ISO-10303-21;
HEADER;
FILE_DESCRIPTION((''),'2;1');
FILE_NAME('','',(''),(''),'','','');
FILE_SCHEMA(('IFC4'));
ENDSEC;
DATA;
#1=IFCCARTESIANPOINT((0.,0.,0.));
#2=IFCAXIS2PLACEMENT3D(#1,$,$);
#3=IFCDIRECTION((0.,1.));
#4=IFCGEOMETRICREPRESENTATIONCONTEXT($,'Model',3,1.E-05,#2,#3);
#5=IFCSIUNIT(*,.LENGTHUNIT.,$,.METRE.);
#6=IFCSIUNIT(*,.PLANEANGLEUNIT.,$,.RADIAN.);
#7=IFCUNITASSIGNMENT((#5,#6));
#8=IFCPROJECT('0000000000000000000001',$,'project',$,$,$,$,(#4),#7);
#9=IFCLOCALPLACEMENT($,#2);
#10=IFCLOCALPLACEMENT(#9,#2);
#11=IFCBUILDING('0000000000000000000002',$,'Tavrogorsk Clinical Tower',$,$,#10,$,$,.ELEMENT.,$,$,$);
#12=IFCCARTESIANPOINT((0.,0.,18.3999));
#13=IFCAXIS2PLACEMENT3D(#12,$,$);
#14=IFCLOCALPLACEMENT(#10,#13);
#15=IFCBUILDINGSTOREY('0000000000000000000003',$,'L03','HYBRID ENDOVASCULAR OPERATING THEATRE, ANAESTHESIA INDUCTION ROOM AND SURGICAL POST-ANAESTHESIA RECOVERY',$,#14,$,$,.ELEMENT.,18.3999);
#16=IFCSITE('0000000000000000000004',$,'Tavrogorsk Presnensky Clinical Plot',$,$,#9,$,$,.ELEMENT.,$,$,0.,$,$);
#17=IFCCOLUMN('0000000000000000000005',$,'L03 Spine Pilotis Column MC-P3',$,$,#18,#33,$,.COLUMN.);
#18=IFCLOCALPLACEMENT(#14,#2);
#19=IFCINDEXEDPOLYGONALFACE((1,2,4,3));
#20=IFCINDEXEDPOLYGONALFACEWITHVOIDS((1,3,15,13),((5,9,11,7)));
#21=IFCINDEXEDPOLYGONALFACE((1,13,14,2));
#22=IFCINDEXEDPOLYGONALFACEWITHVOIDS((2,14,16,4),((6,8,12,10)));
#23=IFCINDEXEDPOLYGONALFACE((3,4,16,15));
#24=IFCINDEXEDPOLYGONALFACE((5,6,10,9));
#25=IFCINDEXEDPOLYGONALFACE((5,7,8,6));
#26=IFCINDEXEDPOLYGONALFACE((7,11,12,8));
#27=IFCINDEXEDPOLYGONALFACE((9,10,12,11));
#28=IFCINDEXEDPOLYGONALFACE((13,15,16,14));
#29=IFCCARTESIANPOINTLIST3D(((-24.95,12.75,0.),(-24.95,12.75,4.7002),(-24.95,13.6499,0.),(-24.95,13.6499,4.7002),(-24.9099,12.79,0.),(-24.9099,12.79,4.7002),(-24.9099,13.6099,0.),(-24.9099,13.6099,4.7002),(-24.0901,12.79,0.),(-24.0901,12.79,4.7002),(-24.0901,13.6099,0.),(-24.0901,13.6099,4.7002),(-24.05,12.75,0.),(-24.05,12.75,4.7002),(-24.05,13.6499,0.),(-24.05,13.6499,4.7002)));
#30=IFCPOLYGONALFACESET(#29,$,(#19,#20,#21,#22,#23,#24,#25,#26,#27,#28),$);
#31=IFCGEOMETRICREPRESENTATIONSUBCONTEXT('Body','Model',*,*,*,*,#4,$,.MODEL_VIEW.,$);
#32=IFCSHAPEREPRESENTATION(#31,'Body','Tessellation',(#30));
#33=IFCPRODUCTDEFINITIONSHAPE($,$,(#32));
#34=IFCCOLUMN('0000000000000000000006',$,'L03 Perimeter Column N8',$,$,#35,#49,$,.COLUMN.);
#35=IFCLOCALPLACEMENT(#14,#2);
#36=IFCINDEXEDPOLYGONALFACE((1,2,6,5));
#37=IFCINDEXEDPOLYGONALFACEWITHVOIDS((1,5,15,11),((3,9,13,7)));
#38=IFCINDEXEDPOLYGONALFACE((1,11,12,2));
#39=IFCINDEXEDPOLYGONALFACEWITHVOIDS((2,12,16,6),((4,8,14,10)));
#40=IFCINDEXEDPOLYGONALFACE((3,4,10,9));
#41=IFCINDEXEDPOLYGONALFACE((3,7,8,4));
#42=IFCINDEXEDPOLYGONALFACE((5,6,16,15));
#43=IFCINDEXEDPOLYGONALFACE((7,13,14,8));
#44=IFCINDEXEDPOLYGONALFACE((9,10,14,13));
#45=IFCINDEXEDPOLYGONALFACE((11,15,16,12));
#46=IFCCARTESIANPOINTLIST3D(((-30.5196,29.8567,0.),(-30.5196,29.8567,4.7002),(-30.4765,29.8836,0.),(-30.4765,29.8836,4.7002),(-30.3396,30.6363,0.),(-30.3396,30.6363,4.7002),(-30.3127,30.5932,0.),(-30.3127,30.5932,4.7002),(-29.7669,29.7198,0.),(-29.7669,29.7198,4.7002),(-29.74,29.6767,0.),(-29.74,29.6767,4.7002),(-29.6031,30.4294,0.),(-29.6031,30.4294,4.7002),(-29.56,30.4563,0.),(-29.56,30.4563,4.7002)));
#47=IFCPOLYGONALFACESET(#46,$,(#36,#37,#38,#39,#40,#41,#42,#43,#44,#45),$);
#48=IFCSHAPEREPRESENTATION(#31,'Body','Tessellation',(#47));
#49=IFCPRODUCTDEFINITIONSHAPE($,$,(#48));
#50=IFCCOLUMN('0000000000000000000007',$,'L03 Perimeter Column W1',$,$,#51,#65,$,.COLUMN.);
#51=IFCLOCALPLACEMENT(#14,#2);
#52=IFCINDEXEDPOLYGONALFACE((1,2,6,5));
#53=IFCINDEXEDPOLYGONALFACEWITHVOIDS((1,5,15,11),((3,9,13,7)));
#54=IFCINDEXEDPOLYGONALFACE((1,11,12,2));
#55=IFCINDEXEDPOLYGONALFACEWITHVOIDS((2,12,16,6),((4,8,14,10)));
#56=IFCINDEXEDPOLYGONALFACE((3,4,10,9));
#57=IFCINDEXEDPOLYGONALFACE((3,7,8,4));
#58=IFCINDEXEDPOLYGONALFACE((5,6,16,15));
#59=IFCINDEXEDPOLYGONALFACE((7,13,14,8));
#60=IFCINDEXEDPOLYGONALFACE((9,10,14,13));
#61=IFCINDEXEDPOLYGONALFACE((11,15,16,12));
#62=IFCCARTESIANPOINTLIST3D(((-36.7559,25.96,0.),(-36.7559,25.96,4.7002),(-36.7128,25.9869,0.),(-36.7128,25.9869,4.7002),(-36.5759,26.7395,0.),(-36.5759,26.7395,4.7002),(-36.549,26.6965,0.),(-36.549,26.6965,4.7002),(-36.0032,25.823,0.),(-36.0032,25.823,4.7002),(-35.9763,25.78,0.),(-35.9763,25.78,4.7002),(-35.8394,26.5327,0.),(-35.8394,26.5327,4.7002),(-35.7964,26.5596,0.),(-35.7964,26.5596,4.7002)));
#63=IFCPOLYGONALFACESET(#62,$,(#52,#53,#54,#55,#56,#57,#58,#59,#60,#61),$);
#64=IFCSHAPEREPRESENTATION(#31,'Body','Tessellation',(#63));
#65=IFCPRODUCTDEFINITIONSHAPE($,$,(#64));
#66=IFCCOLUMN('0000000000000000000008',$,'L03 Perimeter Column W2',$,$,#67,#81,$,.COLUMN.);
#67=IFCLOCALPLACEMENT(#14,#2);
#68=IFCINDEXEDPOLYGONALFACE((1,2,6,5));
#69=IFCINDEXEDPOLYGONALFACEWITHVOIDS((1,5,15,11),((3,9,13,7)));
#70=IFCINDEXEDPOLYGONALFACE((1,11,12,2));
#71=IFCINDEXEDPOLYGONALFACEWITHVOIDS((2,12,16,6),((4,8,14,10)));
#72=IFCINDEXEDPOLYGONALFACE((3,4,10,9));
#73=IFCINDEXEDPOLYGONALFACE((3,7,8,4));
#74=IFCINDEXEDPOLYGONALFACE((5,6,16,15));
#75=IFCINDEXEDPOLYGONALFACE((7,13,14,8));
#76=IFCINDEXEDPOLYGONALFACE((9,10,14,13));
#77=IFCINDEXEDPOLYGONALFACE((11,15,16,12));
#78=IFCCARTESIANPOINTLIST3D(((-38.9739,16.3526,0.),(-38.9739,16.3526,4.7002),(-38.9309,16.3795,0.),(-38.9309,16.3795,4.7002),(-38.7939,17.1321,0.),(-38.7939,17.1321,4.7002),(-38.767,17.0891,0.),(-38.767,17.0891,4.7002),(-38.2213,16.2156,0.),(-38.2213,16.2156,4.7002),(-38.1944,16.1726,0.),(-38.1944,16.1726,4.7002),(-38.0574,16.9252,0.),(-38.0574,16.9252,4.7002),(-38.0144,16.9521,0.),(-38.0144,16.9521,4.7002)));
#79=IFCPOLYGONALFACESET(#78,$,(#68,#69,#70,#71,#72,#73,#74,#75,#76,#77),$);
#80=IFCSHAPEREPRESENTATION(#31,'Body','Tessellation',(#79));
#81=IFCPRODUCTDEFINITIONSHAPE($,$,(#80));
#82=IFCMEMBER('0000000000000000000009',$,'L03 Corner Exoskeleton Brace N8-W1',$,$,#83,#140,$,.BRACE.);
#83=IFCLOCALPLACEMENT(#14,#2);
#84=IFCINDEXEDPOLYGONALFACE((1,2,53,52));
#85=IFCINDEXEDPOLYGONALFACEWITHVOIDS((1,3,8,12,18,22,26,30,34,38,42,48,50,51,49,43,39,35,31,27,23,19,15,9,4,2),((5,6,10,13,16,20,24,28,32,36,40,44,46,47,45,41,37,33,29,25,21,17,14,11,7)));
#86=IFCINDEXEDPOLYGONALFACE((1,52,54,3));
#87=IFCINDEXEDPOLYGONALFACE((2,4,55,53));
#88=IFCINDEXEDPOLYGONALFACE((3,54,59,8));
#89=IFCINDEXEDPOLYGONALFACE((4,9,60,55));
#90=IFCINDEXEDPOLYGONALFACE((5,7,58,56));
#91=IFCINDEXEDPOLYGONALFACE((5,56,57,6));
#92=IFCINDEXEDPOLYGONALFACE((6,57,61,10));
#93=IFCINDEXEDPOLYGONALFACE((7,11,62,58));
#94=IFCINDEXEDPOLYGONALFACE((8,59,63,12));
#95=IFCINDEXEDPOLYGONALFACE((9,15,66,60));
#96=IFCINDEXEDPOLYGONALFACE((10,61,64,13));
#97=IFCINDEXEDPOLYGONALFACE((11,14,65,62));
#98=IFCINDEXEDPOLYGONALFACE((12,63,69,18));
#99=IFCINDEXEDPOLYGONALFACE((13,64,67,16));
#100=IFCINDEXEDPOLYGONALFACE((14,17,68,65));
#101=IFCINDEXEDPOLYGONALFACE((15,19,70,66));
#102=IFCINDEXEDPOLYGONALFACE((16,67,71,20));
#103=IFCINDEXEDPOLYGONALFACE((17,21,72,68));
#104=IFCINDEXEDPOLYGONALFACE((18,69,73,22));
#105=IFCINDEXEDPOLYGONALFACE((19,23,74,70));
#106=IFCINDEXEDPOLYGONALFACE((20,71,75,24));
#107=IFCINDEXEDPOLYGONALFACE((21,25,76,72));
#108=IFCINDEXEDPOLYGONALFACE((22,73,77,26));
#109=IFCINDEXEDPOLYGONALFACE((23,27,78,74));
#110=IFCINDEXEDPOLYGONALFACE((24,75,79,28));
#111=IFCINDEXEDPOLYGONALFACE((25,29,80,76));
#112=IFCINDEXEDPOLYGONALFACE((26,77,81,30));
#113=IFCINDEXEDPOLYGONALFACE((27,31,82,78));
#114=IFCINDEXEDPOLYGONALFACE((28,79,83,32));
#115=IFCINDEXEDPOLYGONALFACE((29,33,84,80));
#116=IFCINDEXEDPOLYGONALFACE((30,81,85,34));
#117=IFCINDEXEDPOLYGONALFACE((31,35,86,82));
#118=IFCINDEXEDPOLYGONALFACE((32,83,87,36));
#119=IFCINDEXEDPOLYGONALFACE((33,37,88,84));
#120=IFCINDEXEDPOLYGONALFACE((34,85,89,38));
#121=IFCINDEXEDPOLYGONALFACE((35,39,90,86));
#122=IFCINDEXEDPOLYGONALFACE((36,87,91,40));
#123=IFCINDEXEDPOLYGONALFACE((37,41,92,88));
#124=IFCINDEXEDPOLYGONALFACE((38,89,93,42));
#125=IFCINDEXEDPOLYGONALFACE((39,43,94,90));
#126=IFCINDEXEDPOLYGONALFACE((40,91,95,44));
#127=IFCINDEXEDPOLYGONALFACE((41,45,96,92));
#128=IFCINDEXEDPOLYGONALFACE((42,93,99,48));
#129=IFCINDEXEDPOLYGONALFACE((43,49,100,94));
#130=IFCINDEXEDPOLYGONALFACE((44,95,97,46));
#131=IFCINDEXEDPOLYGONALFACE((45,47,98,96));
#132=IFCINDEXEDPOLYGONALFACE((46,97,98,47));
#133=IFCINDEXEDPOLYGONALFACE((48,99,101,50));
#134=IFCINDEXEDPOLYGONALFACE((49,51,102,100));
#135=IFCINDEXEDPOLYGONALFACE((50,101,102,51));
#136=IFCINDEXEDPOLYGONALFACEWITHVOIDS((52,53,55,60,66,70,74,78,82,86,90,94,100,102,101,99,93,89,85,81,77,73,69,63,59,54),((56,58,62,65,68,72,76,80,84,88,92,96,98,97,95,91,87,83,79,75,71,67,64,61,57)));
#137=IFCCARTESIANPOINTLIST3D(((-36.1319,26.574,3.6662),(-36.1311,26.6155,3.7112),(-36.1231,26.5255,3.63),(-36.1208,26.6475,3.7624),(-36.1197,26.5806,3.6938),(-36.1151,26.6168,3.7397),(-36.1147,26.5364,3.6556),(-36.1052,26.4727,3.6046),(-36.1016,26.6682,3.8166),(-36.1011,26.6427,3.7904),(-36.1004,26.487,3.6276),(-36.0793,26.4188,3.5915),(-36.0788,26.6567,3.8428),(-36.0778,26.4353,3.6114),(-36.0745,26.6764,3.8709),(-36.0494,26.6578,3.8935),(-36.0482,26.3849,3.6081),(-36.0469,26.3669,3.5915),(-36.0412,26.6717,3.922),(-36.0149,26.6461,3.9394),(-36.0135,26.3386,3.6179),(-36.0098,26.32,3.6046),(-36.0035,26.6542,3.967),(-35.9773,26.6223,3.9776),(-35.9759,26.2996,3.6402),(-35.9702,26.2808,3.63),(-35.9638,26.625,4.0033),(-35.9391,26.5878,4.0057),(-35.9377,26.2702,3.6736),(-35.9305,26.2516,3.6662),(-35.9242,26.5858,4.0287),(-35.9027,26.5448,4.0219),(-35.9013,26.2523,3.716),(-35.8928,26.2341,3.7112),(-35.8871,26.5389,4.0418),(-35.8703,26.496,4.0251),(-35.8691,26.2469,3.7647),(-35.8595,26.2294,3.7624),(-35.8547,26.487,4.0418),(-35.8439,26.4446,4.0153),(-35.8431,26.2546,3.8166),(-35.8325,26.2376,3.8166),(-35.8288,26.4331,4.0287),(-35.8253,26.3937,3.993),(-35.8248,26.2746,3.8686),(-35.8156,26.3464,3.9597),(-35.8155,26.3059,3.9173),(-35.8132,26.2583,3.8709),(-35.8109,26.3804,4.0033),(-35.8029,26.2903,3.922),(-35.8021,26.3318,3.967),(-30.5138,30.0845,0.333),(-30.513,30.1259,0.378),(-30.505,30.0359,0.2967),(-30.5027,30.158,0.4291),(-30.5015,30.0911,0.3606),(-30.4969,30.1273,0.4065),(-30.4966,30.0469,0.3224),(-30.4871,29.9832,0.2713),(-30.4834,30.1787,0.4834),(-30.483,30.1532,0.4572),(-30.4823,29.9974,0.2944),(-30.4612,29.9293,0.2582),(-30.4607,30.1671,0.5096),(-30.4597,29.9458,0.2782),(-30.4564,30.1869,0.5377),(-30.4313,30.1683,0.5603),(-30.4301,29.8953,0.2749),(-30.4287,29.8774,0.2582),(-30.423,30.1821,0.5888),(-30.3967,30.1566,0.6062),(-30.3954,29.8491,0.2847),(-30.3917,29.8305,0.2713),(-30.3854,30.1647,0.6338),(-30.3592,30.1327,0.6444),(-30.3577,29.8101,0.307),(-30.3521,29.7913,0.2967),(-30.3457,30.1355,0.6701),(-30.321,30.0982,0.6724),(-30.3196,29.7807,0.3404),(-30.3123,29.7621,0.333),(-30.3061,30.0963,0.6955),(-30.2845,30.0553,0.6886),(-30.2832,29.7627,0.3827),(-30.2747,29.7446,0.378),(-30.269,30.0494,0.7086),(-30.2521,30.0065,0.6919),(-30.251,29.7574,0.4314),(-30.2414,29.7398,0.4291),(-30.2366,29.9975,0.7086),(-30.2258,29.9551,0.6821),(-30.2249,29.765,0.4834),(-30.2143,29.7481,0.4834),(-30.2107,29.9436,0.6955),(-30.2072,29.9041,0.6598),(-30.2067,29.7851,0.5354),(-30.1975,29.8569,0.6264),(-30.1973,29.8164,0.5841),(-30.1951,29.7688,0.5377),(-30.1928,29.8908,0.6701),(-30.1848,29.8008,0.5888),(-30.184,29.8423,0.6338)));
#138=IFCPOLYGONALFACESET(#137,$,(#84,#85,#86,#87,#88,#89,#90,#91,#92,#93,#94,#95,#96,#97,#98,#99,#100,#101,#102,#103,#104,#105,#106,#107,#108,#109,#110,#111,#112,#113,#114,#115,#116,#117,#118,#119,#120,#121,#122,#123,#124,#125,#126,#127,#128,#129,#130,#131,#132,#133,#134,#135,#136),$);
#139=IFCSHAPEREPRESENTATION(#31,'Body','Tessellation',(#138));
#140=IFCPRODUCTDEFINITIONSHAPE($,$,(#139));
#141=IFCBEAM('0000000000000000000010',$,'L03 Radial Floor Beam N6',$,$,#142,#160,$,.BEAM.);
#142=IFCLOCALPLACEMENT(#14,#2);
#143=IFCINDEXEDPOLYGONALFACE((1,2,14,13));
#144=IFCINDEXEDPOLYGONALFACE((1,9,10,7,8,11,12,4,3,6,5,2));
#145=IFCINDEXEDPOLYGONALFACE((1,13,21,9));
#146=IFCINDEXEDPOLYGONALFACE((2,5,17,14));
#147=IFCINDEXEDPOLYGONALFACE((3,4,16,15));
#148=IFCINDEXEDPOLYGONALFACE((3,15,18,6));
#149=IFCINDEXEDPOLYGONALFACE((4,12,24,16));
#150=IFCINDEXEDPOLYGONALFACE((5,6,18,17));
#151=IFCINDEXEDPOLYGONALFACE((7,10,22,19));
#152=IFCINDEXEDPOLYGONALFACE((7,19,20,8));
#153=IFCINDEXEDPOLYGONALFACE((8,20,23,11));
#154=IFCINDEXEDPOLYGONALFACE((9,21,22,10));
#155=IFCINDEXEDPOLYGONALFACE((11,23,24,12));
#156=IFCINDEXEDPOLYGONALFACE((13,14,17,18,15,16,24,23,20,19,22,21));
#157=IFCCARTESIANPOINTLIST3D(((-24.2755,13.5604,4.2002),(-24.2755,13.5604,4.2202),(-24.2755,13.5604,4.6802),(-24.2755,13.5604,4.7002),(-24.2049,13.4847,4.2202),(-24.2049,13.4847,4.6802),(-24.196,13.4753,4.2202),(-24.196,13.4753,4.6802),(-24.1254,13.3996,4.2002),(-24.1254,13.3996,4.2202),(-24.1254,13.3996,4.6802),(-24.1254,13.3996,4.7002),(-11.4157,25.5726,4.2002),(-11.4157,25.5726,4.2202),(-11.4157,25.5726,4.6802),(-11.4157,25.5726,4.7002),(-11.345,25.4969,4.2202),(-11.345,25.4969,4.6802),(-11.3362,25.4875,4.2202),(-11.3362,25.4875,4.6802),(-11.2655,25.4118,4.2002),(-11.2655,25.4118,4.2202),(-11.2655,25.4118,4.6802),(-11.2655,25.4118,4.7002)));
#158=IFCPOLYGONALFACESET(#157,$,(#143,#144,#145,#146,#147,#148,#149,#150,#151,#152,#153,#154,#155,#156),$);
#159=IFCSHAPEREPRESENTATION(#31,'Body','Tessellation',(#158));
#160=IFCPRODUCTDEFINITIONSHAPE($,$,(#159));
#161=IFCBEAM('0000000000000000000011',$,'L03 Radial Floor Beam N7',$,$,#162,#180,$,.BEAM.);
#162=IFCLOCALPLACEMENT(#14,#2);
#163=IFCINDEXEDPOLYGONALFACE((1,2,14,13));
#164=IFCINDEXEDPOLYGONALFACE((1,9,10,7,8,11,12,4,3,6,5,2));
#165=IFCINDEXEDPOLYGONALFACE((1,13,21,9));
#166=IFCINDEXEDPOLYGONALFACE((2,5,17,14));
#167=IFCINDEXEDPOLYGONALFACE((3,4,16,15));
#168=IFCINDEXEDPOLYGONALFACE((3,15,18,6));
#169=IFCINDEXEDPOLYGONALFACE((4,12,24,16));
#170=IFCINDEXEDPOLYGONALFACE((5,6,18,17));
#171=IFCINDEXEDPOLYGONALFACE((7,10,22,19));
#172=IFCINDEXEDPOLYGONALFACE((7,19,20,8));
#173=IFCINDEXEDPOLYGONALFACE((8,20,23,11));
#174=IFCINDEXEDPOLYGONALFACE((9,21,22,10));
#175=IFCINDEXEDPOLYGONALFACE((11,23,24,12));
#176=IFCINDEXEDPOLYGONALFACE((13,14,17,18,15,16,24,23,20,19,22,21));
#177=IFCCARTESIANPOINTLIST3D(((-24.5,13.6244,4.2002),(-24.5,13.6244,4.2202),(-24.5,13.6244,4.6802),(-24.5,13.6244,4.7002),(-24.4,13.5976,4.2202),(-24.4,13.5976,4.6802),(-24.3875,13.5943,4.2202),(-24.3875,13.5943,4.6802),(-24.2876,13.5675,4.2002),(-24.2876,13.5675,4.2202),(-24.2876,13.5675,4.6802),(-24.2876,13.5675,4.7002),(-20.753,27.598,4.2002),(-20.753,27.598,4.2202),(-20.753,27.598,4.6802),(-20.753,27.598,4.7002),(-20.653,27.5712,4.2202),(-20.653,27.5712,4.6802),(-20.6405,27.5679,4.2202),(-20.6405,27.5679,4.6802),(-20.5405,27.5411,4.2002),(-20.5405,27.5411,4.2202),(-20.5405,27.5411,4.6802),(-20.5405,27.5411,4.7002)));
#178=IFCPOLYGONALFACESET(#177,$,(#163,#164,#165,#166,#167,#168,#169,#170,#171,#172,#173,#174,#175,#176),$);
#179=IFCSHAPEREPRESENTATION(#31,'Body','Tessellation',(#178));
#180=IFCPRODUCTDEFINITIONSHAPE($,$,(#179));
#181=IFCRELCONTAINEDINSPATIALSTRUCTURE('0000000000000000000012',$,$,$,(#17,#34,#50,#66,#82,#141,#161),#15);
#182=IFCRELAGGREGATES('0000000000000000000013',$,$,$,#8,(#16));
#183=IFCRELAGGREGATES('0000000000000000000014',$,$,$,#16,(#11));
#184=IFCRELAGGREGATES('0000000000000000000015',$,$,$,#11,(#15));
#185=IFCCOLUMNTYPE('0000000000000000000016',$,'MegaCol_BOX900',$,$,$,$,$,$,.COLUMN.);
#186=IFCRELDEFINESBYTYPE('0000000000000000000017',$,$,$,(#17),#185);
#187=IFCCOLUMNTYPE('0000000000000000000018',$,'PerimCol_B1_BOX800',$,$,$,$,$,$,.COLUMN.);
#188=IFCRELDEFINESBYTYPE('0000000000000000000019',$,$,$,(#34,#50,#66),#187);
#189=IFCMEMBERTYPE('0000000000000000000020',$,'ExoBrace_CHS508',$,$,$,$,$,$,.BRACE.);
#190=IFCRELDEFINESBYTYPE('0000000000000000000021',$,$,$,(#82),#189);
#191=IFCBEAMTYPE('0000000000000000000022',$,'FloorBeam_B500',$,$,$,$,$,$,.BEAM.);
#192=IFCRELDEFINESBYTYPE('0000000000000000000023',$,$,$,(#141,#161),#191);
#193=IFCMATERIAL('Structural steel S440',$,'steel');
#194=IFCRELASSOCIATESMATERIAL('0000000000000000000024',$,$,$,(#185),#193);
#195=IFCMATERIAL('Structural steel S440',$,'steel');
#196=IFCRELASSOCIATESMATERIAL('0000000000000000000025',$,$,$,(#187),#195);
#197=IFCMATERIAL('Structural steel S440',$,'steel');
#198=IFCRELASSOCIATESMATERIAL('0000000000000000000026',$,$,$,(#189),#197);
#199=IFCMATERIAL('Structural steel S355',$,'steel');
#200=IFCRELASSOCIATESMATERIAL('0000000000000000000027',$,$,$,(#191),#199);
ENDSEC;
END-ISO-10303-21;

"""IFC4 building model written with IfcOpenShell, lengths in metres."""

from ifc_helpers import new_model, si_unit, direction, frame, origin, origin_2d, place, context, subcontext, project, spatial, hollow_rectangle, hollow_circle, i_section, extrude, material, material_profile, profile_set, type_object, element, save


model = new_model("IFC4")

# Units and contexts
model_context = context("Model", 3, precision=1e-05, world=origin(), true_north=direction((0.0, 1.0)))
body_context = subcontext(model_context, "Body", "Model", "MODEL_VIEW")
ifc_project = project(units=[si_unit("LENGTHUNIT", "METRE"), si_unit("PLANEANGLEUNIT", "RADIAN")], contexts=[model_context])

# Site, building, storey
site_placement = place(None, origin())
site = spatial("IfcSite", under=ifc_project, at=site_placement, Name="Tavrogorsk Presnensky Clinical Plot", CompositionType="ELEMENT", RefElevation=0.0)
building_placement = place(site_placement, origin())
building = spatial("IfcBuilding", under=site, at=building_placement, Name="Tavrogorsk Clinical Tower", CompositionType="ELEMENT")
storey_placement = place(building_placement, frame((0.0, 0.0, 18.3999)))
storey = spatial("IfcBuildingStorey", under=building, at=storey_placement, Name="L03", Description="HYBRID ENDOVASCULAR OPERATING THEATRE, ANAESTHESIA INDUCTION ROOM AND SURGICAL POST-ANAESTHESIA RECOVERY", CompositionType="ELEMENT", Elevation=18.3999)

# Columns
ifc_material_1 = material(Name="Structural steel S440", Category="steel")
ifc_material_profile_1 = material_profile(ifc_material_1, hollow_rectangle(XDim=0.8999, YDim=0.8999, WallThickness=0.04, at=origin_2d()), Name="BOX-900x900x40")
ifc_profile_set_1 = profile_set([ifc_material_profile_1], Name="Structural steel S440")
column_type_1 = type_object("IfcColumnType", Name="MegaCol_BOX900", PredefinedType="COLUMN", material=ifc_profile_set_1)
column_placement = place(storey_placement, frame((-24.5, 13.2, 0.0), z_axis=(0.0, 0.0, 1.0), x_axis=(1.0, 0.0, 0.0)))
element("IfcColumn", 1, at=column_placement, inside=storey, type_object=column_type_1, Name="L03 Spine Pilotis Column MC-P3", PredefinedType="COLUMN", context=body_context, shape_type="SweptSolid", body=[
    extrude(hollow_rectangle(XDim=0.8999, YDim=0.8999, WallThickness=0.04, at=origin_2d()), origin(), (0.0, 0.0, 1.0), 4.7002),
])
ifc_material_2 = material(Name="Structural steel S440", Category="steel")
ifc_material_profile_2 = material_profile(ifc_material_2, hollow_rectangle(XDim=0.8, YDim=0.8, WallThickness=0.0359, at=origin_2d()), Name="BOX-800x800x36")
ifc_profile_set_2 = profile_set([ifc_material_profile_2], Name="Structural steel S440")
column_type_2 = type_object("IfcColumnType", Name="PerimCol_B1_BOX800", PredefinedType="COLUMN", material=ifc_profile_set_2)
for number, where, z_axis, x_axis, name in (
    (2, (-30.0398, 30.1565, 0.0), (0.0, 0.0, 1.0), (0.97437, -0.224951, 0.0), "L03 Perimeter Column N8"),
    (3, (-36.2761, 26.2598, 0.0), (0.0, 0.0, 1.0), (0.97437, -0.224951, 0.0), "L03 Perimeter Column W1"),
    (4, (-38.4941, 16.6523, 0.0), (0.0, 0.0, 1.0), (0.97437, -0.224951, 0.0), "L03 Perimeter Column W2"),
):
    element("IfcColumn", number, at=place(storey_placement, frame(where, z_axis=z_axis, x_axis=x_axis)), inside=storey, type_object=column_type_2, Name=name, PredefinedType="COLUMN", context=body_context, shape_type="SweptSolid", body=[
        extrude(hollow_rectangle(XDim=0.8, YDim=0.8, WallThickness=0.0359, at=origin_2d()), origin(), (0.0, 0.0, 1.0), 4.7002),
    ])

# Member
ifc_material_3 = material(Name="Structural steel S440", Category="steel")
ifc_material_profile_3 = material_profile(ifc_material_3, hollow_circle(Radius=0.2539, WallThickness=0.02, at=origin_2d()), Name="CHS-508x20")
ifc_profile_set_3 = profile_set([ifc_material_profile_3], Name="Structural steel S440")
member_type_1 = type_object("IfcMemberType", Name="ExoBrace_CHS508", PredefinedType="BRACE", material=ifc_profile_set_3)
member_1_placement = place(storey_placement, frame((-30.3489, 29.9634, 0.4834), z_axis=(-0.757567, -0.473364, 0.449464), x_axis=(0.529906, -0.848056, 0.0)))
element("IfcMember", 5, at=member_1_placement, inside=storey, type_object=member_type_1, Name="L03 Corner Exoskeleton Brace N8-W1", PredefinedType="BRACE", context=body_context, shape_type="SweptSolid", body=[
    extrude(hollow_circle(Radius=0.2539, WallThickness=0.02, at=origin_2d()), origin(), (0.0, 0.0, 1.0), 7.416),
])

# Beams
ifc_material_4 = material(Name="Structural steel S355", Category="steel")
ifc_material_profile_4 = material_profile(ifc_material_4, i_section(OverallWidth=0.22, OverallDepth=0.5, WebThickness=0.0129, FlangeThickness=0.02, at=origin_2d()), Name="B-500x220x13x20")
ifc_profile_set_4 = profile_set([ifc_material_profile_4], Name="Structural steel S355")
beam_type_1 = type_object("IfcBeamType", Name="FloorBeam_B500", PredefinedType="BEAM", material=ifc_profile_set_4)
beam_1_placement = place(storey_placement, frame((-24.2004, 13.48, 4.4502), z_axis=(0.730781, 0.682612, 0.0), x_axis=(-0.682612, 0.730781, 0.0)))
element("IfcBeam", 6, at=beam_1_placement, inside=storey, type_object=beam_type_1, Name="L03 Radial Floor Beam N6", PredefinedType="BEAM", context=body_context, shape_type="SweptSolid", body=[
    extrude(i_section(OverallWidth=0.22, OverallDepth=0.5, WebThickness=0.0129, FlangeThickness=0.02, at=origin_2d()), origin(), (0.0, 0.0, 1.0), 17.5974),
])
beam_2_placement = place(storey_placement, frame((-24.3938, 13.5959, 4.4502), z_axis=(0.259003, 0.965877, 0.0), x_axis=(-0.965877, 0.259003, 0.0)))
element("IfcBeam", 7, at=beam_2_placement, inside=storey, type_object=beam_type_1, Name="L03 Radial Floor Beam N7", PredefinedType="BEAM", context=body_context, shape_type="SweptSolid", body=[
    extrude(i_section(OverallWidth=0.22, OverallDepth=0.5, WebThickness=0.0129, FlangeThickness=0.02, at=origin_2d()), origin(), (0.0, 0.0, 1.0), 14.4673),
])

save(model, "model.ifc")
